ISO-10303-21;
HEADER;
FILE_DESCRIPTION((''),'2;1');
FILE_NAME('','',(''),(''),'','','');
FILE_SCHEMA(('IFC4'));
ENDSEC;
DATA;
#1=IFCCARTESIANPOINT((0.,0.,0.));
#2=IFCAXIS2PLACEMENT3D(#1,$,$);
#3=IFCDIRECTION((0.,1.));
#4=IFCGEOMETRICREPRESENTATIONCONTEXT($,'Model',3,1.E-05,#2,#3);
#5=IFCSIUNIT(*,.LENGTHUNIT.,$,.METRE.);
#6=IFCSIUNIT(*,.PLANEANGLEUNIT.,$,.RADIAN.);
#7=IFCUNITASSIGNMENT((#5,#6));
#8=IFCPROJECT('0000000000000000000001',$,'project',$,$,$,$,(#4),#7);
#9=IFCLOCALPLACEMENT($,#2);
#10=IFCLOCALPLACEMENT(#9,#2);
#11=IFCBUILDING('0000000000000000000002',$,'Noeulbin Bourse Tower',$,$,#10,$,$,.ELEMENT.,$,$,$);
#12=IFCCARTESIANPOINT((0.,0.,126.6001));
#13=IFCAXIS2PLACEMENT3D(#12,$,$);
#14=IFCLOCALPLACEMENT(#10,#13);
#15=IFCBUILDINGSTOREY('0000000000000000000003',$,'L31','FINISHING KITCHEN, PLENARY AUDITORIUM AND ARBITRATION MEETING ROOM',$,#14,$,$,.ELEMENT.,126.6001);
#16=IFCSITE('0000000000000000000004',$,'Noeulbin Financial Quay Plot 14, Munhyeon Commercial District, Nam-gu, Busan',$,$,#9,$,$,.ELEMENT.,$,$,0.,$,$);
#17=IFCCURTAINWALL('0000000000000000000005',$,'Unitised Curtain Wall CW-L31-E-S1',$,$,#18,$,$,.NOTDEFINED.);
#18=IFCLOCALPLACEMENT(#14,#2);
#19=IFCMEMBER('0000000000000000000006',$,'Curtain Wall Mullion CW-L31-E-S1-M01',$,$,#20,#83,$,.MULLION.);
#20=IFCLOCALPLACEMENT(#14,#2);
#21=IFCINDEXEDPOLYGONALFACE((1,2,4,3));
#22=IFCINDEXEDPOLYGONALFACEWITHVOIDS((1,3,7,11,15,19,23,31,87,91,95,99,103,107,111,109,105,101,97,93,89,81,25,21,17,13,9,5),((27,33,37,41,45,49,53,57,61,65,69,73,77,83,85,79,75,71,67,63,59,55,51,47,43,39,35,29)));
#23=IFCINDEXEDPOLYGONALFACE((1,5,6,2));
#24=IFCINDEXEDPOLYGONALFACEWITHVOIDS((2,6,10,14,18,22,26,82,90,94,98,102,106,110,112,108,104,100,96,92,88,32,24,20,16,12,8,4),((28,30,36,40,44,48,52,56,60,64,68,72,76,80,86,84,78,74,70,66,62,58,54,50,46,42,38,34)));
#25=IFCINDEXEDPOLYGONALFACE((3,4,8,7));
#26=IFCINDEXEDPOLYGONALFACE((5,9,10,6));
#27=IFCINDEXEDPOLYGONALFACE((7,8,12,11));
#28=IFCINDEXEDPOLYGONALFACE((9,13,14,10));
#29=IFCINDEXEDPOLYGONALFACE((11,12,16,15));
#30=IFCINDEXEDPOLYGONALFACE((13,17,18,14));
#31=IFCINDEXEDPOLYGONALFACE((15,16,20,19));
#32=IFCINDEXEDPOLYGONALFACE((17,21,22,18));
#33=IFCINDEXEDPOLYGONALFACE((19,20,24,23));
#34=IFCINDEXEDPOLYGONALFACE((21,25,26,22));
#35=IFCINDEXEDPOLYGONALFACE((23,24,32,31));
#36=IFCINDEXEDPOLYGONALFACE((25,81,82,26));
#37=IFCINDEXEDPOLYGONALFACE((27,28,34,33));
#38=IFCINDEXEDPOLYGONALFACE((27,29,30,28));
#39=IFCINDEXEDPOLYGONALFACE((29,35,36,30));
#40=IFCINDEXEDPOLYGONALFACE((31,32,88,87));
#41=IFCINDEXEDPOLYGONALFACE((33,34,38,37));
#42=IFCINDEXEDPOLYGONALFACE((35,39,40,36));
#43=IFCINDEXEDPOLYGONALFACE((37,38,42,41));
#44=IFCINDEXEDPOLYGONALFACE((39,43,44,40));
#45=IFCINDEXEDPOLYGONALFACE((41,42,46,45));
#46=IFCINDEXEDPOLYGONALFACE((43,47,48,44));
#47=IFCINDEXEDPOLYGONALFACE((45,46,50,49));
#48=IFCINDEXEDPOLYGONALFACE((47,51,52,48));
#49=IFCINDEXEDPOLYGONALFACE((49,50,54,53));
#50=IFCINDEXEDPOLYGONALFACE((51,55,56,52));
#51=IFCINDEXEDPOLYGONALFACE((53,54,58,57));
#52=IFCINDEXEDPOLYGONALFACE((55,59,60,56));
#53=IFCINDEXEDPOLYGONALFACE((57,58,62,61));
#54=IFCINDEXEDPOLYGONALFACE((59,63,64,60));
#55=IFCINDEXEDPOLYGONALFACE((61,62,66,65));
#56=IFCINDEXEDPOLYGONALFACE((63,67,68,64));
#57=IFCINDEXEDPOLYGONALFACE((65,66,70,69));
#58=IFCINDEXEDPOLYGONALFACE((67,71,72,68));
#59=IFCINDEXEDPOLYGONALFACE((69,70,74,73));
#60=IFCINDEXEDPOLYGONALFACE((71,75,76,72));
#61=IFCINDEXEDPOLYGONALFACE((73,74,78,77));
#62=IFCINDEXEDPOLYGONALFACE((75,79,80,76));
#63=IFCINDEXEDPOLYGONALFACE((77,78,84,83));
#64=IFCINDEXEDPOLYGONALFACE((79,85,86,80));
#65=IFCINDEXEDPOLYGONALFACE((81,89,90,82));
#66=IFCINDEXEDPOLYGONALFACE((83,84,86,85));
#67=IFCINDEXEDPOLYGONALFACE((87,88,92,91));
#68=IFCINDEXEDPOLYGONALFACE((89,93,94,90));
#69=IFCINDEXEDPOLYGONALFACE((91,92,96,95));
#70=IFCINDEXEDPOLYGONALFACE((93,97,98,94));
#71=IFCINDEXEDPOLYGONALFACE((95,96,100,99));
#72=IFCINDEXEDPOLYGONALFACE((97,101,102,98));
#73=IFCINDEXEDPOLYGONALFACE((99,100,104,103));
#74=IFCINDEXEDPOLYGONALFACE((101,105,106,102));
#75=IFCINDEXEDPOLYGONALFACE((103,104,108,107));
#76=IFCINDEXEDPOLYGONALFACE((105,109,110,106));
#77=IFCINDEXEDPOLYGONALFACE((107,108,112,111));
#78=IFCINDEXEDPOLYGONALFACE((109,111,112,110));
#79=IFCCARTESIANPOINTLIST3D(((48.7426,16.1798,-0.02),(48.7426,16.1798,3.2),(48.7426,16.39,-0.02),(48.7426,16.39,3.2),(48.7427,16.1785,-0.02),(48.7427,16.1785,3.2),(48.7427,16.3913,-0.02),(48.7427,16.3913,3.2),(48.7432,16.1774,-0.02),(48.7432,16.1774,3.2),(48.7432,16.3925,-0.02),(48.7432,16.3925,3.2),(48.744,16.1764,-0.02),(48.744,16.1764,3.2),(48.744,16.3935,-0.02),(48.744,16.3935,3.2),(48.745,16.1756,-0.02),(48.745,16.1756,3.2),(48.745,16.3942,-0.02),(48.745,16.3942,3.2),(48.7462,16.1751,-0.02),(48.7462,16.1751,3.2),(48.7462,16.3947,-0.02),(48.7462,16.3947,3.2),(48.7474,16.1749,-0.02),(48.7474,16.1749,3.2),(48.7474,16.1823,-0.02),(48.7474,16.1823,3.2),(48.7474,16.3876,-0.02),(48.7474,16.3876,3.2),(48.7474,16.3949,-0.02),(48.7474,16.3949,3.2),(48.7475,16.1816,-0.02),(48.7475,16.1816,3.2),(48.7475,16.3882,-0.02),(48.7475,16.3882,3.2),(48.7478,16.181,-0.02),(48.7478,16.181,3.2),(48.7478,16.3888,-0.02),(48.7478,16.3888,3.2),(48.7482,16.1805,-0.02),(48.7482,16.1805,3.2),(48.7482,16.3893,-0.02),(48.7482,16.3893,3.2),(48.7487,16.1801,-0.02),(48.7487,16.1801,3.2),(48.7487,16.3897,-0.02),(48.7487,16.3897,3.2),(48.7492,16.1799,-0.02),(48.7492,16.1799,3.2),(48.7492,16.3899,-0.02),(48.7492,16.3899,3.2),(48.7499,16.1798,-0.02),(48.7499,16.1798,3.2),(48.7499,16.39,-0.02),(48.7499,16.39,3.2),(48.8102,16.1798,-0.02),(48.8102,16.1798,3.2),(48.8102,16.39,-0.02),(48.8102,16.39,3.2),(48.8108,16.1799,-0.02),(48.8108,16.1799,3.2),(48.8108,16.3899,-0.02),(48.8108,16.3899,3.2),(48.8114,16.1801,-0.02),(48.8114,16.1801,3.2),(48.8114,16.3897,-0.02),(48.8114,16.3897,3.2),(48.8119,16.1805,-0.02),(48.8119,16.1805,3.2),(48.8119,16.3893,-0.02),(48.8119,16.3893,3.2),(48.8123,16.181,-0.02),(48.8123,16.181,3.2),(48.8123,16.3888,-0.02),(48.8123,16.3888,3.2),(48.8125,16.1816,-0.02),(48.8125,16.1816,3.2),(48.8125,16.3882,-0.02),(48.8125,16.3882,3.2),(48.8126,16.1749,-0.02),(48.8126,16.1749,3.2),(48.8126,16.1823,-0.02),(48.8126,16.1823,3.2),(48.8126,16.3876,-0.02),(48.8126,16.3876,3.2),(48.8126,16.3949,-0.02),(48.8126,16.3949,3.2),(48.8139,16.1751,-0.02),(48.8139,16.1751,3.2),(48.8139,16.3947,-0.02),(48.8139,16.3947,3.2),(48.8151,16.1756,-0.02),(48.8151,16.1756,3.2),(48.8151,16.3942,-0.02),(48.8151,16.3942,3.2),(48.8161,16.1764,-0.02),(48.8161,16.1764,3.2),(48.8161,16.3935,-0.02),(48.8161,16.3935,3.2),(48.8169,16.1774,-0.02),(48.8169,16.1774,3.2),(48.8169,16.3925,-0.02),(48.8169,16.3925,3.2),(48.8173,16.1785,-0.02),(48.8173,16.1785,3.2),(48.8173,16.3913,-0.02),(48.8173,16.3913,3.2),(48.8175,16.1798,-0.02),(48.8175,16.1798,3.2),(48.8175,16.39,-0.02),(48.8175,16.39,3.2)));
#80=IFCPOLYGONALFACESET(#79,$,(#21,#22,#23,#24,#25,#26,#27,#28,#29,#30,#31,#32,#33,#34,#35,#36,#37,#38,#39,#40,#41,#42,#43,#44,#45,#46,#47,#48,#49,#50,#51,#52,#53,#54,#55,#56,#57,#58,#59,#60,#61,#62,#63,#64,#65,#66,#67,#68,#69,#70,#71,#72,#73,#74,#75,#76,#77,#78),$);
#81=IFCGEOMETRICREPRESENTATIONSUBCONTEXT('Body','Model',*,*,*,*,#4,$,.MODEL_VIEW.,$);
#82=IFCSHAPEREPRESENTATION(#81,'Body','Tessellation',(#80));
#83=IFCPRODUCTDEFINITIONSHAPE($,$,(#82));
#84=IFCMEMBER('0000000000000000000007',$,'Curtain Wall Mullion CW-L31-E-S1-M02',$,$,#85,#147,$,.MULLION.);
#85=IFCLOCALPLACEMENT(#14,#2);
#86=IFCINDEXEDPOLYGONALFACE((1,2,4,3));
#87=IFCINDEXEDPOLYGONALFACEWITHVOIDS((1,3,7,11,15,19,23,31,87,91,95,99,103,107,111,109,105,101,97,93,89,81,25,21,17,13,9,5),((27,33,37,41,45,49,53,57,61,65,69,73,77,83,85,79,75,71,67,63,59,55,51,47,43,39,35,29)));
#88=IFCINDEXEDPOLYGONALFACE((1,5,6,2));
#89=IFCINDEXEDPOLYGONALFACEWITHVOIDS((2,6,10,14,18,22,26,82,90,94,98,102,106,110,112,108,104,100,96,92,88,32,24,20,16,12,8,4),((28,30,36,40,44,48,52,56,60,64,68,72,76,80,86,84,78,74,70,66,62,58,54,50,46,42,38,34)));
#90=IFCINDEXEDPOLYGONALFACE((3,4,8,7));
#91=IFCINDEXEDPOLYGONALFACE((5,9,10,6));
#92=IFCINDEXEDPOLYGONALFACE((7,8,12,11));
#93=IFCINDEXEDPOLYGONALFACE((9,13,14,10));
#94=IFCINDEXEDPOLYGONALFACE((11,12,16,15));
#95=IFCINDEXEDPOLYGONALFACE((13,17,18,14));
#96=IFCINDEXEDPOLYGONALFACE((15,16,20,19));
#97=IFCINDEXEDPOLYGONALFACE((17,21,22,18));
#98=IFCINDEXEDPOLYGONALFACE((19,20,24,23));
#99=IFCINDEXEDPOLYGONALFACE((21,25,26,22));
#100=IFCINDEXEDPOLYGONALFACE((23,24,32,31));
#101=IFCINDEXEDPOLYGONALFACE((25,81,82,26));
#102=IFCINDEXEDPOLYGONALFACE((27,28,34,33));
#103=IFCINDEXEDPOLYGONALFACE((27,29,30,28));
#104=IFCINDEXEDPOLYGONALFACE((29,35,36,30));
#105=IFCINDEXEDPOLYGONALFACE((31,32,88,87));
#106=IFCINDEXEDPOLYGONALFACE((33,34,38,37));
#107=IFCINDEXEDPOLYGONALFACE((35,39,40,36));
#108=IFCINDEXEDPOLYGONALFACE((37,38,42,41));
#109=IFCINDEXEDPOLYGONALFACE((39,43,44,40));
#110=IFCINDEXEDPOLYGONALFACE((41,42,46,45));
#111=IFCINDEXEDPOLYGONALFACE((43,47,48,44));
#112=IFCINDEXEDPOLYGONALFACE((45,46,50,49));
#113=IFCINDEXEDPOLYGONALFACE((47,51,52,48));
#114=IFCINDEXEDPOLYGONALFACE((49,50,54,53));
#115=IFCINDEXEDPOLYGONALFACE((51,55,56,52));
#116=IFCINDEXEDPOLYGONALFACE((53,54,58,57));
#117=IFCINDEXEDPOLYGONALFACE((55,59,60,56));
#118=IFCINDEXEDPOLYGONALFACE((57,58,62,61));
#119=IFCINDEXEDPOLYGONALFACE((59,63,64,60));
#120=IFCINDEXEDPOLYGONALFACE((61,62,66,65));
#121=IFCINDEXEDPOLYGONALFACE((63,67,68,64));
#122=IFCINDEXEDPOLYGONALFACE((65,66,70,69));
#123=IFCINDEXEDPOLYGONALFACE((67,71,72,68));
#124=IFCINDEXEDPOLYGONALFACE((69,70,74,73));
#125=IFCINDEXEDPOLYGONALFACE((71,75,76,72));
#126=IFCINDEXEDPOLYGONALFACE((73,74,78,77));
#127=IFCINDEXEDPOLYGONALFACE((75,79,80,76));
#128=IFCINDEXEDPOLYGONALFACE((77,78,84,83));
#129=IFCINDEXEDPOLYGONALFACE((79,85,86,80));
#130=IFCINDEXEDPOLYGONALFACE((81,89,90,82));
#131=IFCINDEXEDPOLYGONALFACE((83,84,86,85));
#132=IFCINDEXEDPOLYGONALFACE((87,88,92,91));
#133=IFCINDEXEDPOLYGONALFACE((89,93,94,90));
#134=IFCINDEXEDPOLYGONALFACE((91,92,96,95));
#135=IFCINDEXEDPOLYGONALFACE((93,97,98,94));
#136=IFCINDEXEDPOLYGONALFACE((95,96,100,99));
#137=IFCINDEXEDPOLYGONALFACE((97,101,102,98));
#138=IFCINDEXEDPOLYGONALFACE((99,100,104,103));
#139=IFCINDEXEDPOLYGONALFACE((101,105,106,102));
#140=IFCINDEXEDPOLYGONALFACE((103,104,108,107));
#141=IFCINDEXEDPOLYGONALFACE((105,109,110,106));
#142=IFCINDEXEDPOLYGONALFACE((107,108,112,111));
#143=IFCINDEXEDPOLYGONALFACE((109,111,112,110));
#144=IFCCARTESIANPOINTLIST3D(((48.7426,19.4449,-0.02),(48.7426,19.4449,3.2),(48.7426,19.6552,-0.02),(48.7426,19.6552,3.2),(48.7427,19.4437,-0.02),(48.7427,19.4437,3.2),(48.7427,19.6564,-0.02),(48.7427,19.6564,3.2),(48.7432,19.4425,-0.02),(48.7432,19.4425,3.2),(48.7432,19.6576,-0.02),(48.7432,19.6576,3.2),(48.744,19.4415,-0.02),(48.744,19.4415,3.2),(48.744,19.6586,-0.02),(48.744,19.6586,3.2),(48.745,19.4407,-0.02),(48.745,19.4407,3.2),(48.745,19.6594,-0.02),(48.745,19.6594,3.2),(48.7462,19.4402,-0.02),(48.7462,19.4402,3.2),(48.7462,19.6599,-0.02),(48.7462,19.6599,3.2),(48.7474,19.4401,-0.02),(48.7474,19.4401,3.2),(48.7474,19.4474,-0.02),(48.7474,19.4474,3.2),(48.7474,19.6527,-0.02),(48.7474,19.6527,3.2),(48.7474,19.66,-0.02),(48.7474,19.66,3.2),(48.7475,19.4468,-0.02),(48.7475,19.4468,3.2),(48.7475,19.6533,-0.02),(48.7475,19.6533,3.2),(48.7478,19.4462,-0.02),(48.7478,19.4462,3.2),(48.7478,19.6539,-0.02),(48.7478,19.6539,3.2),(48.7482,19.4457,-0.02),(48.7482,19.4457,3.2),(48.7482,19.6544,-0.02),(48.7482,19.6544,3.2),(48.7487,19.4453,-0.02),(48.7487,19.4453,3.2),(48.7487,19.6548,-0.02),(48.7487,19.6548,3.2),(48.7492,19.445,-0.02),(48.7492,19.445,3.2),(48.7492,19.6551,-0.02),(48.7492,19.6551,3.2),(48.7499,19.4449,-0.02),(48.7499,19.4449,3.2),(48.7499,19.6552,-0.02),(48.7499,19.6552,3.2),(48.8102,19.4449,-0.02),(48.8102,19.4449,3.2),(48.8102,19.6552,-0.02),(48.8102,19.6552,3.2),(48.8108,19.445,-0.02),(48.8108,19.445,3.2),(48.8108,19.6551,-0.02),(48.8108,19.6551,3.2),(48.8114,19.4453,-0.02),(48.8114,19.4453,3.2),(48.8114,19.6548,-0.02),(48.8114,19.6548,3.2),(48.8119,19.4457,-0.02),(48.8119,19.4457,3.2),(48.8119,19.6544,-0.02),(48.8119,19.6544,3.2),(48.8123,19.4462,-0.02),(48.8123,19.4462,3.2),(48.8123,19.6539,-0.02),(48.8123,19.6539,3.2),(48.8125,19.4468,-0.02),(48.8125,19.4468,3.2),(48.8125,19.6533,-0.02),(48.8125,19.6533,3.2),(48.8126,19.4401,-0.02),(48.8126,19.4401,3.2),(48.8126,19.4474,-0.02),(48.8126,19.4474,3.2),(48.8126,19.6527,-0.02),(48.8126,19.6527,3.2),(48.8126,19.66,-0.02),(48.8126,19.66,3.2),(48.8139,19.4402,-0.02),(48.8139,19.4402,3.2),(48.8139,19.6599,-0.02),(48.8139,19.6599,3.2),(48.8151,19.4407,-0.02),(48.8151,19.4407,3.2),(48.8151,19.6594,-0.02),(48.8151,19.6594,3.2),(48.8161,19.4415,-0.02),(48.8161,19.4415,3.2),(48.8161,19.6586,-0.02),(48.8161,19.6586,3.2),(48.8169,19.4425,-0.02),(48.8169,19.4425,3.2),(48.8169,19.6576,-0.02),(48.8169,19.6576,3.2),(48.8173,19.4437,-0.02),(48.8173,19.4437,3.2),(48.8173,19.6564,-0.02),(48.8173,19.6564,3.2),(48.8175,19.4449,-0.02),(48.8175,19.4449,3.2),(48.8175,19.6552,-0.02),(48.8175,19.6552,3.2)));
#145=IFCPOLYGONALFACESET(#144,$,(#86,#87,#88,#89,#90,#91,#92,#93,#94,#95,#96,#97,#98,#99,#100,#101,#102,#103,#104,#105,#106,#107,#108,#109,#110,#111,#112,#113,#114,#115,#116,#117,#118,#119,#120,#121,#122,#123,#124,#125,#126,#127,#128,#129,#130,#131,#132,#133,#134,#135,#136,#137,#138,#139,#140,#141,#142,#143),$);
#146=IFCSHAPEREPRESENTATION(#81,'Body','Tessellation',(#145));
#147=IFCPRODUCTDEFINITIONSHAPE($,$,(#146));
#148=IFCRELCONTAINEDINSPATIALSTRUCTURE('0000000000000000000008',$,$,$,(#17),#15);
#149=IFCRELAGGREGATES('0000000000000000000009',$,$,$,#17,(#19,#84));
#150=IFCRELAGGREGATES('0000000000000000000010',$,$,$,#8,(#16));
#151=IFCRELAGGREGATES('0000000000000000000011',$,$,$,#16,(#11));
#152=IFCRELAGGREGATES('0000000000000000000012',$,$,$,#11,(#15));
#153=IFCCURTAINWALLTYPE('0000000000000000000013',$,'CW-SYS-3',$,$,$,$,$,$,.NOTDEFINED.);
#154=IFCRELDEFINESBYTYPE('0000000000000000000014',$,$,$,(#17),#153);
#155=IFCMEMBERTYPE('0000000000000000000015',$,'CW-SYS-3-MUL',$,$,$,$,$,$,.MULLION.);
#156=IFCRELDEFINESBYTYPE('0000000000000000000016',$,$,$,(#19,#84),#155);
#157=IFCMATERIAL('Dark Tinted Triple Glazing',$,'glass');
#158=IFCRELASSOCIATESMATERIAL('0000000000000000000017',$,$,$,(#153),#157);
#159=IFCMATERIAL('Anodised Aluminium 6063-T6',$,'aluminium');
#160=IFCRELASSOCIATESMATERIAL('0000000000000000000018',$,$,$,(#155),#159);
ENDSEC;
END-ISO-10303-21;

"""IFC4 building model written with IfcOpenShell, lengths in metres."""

from ifc_helpers import new_model, si_unit, direction, frame, origin, origin_2d, place, context, subcontext, project, spatial, hollow_rectangle, extrude, material, material_profile, profile_set, type_object, element, aggregate, save


model = new_model("IFC4")

# Units and contexts
model_context = context("Model", 3, precision=1e-05, world=origin(), true_north=direction((0.0, 1.0)))
body_context = subcontext(model_context, "Body", "Model", "MODEL_VIEW")
ifc_project = project(units=[si_unit("LENGTHUNIT", "METRE"), si_unit("PLANEANGLEUNIT", "RADIAN")], contexts=[model_context])

# Site, building, storey
site_placement = place(None, origin())
site = spatial("IfcSite", under=ifc_project, at=site_placement, Name="Noeulbin Financial Quay Plot 14, Munhyeon Commercial District, Nam-gu, Busan", CompositionType="ELEMENT", RefElevation=0.0)
building_placement = place(site_placement, origin())
building = spatial("IfcBuilding", under=site, at=building_placement, Name="Noeulbin Bourse Tower", CompositionType="ELEMENT")
storey_placement = place(building_placement, frame((0.0, 0.0, 126.6001)))
storey = spatial("IfcBuildingStorey", under=building, at=storey_placement, Name="L31", Description="FINISHING KITCHEN, PLENARY AUDITORIUM AND ARBITRATION MEETING ROOM", CompositionType="ELEMENT", Elevation=126.6001)

# Curtain wall, members
ifc_material_1 = material(Name="Dark Tinted Triple Glazing", Category="glass")
curtain_wall_type = type_object("IfcCurtainWallType", Name="CW-SYS-3", PredefinedType="NOTDEFINED", material=ifc_material_1)
ifc_material_2 = material(Name="Anodised Aluminium 6063-T6", Category="aluminium")
ifc_material_profile_1 = material_profile(ifc_material_2, hollow_rectangle(XDim=0.075, YDim=0.22, WallThickness=0.0049, InnerFilletRadius=0.0024, OuterFilletRadius=0.0049, at=origin_2d()), Name="ALU-MULL-75x220x5", Category="LoadBearing")
ifc_profile_set_1 = profile_set([ifc_material_profile_1], Name="Anodised Aluminium 6063-T6")
member_type_1 = type_object("IfcMemberType", Name="CW-SYS-3-MUL", PredefinedType="MULLION", material=ifc_profile_set_1)
curtain_wall_1_placement = place(storey_placement, origin())
curtain_wall_1 = element("IfcCurtainWall", 1, at=curtain_wall_1_placement, inside=storey, type_object=curtain_wall_type, Name="Unitised Curtain Wall CW-L31-E-S1", PredefinedType="NOTDEFINED")
member_1_placement = place(storey_placement, frame((48.78, 16.2849, -0.02), z_axis=(0.0, 0.0, 1.0), x_axis=(1.0, 0.0, 0.0)))
member_1 = element("IfcMember", 2, at=member_1_placement, type_object=member_type_1, Name="Curtain Wall Mullion CW-L31-E-S1-M01", PredefinedType="MULLION", context=body_context, shape_type="SweptSolid", body=[
    extrude(hollow_rectangle(XDim=0.075, YDim=0.22, WallThickness=0.0049, InnerFilletRadius=0.0024, OuterFilletRadius=0.0049, at=origin_2d()), origin(), (0.0, 0.0, 1.0), 3.22),
])
member_2_placement = place(storey_placement, frame((48.78, 19.55, -0.02), z_axis=(0.0, 0.0, 1.0), x_axis=(1.0, 0.0, 0.0)))
member_2 = element("IfcMember", 3, at=member_2_placement, type_object=member_type_1, Name="Curtain Wall Mullion CW-L31-E-S1-M02", PredefinedType="MULLION", context=body_context, shape_type="SweptSolid", body=[
    extrude(hollow_rectangle(XDim=0.075, YDim=0.22, WallThickness=0.0049, InnerFilletRadius=0.0024, OuterFilletRadius=0.0049, at=origin_2d()), origin(), (0.0, 0.0, 1.0), 3.22),
])

aggregate(curtain_wall_1, [member_1, member_2])

save(model, "model.ifc")
